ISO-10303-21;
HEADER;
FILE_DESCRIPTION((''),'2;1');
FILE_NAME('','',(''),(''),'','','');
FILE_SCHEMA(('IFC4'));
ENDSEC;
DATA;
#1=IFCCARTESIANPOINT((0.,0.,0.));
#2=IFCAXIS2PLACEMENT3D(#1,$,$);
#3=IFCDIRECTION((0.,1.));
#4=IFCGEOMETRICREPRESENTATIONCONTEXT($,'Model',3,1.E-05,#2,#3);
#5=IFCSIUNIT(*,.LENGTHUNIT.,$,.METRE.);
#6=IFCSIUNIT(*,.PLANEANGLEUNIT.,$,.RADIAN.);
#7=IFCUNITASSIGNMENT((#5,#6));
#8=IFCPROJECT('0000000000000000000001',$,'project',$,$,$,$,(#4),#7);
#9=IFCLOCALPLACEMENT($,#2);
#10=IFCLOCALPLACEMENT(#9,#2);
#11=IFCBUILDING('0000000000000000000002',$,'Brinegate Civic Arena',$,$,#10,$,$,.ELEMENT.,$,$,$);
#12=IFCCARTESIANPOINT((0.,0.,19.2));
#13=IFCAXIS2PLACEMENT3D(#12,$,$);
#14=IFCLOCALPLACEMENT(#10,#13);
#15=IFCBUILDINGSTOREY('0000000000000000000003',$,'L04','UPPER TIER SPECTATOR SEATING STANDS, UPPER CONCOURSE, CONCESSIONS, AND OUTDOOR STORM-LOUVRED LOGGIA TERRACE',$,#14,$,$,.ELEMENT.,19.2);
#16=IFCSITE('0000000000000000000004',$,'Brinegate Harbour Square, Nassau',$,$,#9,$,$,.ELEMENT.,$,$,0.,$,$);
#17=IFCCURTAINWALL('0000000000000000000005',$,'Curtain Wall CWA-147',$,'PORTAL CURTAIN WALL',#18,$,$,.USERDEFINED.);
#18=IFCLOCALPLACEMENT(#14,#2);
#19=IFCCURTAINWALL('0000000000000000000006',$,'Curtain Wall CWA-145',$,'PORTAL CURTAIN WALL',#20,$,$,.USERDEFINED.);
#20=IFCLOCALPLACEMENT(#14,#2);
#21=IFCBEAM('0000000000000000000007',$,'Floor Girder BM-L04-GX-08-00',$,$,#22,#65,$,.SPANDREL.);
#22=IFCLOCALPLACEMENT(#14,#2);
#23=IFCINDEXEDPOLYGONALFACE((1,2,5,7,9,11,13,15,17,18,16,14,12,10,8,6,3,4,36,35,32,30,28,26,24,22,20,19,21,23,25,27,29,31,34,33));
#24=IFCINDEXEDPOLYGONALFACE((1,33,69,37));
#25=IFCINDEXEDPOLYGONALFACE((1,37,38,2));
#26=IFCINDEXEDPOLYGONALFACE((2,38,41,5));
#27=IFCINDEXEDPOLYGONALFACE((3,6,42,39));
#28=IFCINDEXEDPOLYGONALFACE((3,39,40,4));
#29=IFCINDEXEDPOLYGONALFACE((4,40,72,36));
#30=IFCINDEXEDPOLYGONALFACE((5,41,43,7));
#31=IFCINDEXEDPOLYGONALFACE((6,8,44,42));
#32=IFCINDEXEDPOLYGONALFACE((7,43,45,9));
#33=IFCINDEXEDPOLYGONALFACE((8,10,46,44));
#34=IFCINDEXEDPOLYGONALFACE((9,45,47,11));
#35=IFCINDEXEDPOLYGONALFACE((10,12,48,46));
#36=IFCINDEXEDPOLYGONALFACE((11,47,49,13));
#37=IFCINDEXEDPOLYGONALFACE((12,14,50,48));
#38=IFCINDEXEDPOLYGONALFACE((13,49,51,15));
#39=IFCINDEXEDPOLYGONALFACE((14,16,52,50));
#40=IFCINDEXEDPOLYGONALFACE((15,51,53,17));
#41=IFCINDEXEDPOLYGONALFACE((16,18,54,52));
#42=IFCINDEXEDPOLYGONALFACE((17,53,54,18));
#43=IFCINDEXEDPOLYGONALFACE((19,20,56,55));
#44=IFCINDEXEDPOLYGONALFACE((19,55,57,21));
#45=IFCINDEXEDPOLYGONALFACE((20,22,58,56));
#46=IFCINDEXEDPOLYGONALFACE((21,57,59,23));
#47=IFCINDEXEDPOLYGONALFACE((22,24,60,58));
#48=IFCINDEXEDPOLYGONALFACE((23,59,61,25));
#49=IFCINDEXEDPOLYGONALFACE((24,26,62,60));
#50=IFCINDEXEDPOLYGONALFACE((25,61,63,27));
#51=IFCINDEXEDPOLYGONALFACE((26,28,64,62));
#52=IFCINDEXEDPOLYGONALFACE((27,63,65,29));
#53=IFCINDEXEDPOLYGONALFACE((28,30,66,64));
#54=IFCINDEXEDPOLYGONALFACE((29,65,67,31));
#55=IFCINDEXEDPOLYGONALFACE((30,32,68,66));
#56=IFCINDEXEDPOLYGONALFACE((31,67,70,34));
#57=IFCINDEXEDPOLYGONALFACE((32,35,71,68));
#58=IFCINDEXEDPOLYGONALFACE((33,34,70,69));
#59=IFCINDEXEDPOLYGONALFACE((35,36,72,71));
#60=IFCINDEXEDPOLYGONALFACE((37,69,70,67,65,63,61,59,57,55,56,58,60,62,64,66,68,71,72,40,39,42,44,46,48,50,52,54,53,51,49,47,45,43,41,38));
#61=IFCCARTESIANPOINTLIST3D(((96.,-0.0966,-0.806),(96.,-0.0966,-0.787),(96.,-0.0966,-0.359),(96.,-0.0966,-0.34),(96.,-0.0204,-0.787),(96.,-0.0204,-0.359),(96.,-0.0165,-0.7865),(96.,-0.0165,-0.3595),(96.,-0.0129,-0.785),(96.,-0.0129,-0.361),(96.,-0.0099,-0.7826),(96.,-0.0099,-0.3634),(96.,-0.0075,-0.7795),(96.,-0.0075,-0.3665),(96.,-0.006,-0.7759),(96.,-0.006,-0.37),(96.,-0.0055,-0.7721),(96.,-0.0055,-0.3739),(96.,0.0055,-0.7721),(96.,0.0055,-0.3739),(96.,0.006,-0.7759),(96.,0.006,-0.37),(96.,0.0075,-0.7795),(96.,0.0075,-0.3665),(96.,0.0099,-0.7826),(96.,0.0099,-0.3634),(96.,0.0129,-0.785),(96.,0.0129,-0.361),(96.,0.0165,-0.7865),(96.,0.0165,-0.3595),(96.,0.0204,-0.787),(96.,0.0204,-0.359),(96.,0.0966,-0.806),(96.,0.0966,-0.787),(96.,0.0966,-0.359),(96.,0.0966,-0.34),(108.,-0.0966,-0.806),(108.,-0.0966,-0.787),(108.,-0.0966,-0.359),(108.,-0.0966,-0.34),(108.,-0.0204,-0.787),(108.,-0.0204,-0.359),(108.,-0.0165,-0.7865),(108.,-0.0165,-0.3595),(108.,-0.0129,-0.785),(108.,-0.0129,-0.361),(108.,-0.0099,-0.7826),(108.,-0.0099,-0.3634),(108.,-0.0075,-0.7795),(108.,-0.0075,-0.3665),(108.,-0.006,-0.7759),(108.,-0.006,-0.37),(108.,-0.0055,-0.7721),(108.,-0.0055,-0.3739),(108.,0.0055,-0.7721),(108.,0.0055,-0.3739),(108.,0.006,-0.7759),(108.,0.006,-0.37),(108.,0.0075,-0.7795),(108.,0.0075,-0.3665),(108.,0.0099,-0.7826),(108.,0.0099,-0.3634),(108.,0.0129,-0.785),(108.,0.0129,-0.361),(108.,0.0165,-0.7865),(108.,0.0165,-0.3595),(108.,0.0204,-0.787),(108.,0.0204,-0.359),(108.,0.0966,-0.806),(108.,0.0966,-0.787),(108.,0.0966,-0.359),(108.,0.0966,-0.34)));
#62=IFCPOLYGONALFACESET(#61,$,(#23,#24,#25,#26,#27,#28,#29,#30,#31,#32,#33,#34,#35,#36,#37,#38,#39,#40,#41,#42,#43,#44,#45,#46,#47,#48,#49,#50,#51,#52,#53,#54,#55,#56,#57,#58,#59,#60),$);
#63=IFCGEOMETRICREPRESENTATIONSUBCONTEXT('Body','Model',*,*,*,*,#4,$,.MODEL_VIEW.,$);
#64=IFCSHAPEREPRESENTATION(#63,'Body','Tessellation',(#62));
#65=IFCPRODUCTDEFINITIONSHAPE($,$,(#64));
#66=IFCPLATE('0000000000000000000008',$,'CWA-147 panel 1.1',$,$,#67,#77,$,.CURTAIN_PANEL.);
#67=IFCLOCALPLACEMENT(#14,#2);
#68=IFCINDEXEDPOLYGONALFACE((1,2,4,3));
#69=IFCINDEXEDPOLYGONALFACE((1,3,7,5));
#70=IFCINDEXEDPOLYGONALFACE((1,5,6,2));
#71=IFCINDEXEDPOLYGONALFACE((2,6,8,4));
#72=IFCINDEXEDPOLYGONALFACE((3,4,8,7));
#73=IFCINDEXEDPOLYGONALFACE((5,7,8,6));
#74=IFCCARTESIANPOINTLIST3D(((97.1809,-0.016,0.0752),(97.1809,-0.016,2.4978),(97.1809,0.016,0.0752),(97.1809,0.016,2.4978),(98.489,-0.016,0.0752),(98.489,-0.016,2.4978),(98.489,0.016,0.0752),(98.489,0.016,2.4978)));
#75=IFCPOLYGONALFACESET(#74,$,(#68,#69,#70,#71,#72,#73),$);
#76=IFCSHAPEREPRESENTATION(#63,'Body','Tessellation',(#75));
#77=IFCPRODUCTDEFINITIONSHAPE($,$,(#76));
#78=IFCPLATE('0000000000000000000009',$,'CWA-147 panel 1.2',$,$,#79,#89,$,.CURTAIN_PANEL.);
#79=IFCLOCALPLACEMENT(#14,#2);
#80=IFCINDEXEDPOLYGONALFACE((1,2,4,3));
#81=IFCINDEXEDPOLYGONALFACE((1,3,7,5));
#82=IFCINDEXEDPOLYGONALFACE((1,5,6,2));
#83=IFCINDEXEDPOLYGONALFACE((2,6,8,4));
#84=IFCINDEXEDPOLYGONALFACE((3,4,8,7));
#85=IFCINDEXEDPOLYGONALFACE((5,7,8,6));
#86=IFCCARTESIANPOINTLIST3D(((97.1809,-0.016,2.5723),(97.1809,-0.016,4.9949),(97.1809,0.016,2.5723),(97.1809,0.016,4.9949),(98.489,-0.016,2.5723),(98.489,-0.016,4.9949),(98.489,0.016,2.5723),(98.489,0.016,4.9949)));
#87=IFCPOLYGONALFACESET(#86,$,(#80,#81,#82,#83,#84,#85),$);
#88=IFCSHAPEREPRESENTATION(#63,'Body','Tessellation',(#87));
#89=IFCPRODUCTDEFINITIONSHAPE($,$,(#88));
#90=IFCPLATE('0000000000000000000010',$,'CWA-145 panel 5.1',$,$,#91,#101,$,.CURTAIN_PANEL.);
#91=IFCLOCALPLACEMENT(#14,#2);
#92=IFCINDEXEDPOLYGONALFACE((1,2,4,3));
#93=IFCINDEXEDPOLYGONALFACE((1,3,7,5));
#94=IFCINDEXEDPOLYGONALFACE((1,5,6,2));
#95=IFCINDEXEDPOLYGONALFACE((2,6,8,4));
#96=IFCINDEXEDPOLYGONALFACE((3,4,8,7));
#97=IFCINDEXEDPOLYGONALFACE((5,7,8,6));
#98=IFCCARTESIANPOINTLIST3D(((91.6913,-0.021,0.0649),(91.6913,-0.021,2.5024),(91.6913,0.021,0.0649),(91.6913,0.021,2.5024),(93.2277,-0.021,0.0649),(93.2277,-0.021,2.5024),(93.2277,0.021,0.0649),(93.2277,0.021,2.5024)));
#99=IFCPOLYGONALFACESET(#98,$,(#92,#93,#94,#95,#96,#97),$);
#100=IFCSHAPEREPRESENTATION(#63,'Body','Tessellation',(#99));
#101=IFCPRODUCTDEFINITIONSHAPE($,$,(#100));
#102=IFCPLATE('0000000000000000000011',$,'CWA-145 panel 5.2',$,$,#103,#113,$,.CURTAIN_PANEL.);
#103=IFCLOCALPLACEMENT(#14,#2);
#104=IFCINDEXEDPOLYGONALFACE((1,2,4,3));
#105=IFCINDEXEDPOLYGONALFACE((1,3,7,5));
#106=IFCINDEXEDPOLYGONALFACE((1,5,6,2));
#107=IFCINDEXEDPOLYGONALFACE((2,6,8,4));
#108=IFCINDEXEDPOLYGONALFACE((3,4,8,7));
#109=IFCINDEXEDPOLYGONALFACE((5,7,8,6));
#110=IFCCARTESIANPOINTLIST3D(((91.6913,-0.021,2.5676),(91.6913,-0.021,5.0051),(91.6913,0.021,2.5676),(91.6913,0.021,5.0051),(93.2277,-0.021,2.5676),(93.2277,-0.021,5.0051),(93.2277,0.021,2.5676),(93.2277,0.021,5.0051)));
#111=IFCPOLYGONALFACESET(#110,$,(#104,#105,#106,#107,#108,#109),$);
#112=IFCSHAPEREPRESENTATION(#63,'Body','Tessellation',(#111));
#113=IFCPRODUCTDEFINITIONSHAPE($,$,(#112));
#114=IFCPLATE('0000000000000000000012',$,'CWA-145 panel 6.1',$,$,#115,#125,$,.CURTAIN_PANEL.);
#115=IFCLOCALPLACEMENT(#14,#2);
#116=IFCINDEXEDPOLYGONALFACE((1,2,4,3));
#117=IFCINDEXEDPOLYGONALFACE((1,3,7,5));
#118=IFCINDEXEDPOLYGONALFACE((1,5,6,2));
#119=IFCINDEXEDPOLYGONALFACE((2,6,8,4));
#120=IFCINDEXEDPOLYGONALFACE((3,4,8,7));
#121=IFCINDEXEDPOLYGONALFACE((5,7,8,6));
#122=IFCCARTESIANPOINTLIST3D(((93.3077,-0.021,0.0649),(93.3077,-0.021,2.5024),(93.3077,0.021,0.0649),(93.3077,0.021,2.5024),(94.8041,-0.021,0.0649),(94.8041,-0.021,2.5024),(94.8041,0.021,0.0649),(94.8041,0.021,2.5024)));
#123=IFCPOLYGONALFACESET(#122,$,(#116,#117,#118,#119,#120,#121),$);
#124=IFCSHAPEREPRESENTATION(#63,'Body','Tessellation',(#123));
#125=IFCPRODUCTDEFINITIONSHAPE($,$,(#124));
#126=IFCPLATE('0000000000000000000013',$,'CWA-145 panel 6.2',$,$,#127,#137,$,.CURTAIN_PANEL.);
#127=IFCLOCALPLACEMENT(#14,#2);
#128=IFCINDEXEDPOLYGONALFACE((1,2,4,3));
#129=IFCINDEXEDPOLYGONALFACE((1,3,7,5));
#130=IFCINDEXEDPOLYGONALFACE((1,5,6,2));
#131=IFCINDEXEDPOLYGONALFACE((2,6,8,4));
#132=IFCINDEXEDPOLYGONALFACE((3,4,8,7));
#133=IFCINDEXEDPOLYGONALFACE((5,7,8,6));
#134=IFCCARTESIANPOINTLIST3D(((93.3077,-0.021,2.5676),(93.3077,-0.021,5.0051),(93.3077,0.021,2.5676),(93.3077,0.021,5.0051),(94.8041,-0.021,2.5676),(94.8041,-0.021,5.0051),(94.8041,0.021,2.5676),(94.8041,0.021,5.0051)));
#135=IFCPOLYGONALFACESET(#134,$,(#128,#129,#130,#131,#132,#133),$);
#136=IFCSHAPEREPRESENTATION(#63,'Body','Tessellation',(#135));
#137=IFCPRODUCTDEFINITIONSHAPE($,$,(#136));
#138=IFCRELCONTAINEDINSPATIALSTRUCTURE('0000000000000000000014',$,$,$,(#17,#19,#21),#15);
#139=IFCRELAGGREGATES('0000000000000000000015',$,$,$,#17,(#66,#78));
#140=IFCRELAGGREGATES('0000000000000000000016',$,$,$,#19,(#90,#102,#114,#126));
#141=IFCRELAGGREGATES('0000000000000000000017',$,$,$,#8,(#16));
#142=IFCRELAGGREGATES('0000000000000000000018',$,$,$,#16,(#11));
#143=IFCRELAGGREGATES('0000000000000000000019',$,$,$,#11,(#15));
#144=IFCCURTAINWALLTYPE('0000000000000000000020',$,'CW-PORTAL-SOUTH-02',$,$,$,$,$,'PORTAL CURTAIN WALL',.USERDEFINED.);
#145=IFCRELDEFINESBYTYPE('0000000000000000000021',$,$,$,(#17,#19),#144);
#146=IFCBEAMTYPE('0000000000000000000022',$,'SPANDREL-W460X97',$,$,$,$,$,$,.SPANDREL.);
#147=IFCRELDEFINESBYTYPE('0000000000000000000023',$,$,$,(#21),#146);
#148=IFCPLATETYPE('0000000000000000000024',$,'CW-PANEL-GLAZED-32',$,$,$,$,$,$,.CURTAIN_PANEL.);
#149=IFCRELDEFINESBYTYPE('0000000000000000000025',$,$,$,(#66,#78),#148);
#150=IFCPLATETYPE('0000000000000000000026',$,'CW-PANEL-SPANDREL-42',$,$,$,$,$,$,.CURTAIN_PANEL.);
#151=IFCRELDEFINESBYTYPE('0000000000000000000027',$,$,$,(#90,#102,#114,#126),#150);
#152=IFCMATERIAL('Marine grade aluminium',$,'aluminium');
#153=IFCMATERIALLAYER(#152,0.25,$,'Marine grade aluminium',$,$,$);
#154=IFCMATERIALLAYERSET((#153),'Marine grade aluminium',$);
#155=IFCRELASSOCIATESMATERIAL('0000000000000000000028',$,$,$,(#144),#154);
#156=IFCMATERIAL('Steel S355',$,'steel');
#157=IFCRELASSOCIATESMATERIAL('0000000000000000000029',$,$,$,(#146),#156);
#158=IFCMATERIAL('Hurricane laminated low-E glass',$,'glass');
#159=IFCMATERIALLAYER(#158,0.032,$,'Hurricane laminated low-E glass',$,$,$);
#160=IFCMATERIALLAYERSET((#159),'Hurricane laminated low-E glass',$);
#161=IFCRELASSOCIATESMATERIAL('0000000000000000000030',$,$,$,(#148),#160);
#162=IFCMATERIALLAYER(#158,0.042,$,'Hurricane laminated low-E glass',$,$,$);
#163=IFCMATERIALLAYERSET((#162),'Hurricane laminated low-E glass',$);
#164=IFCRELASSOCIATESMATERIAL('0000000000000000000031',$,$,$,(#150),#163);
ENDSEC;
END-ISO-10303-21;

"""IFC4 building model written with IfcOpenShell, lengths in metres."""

from ifc_helpers import new_model, si_unit, direction, frame, origin, origin_2d, place, context, subcontext, project, spatial, rectangle, i_section, extrude, material, layer, layer_set, material_profile, profile_set, type_object, element, aggregate, save


model = new_model("IFC4")

# Units and contexts
model_context = context("Model", 3, precision=1e-05, world=origin(), true_north=direction((0.0, 1.0)))
body_context = subcontext(model_context, "Body", "Model", "MODEL_VIEW")
ifc_project = project(units=[si_unit("LENGTHUNIT", "METRE"), si_unit("PLANEANGLEUNIT", "RADIAN")], contexts=[model_context])

# Site, building, storey
site_placement = place(None, origin())
site = spatial("IfcSite", under=ifc_project, at=site_placement, Name="Brinegate Harbour Square, Nassau", CompositionType="ELEMENT", RefElevation=0.0)
building_placement = place(site_placement, origin())
building = spatial("IfcBuilding", under=site, at=building_placement, Name="Brinegate Civic Arena", CompositionType="ELEMENT")
storey_placement = place(building_placement, frame((0.0, 0.0, 19.2)))
storey = spatial("IfcBuildingStorey", under=building, at=storey_placement, Name="L04", Description="UPPER TIER SPECTATOR SEATING STANDS, UPPER CONCOURSE, CONCESSIONS, AND OUTDOOR STORM-LOUVRED LOGGIA TERRACE", CompositionType="ELEMENT", Elevation=19.2)

# Curtain walls
ifc_material_1 = material(Name="Marine grade aluminium", Category="aluminium")
ifc_layer_1 = layer(ifc_material_1, 0.25, Name="Marine grade aluminium")
ifc_layer_set_1 = layer_set([ifc_layer_1], Name="Marine grade aluminium")
curtain_wall_type = type_object("IfcCurtainWallType", Name="CW-PORTAL-SOUTH-02", ElementType="PORTAL CURTAIN WALL", PredefinedType="USERDEFINED", material=ifc_layer_set_1)
curtain_wall_1_placement = place(storey_placement, origin())
curtain_wall_1 = element("IfcCurtainWall", 1, at=curtain_wall_1_placement, inside=storey, type_object=curtain_wall_type, Name="Curtain Wall CWA-147", ObjectType="PORTAL CURTAIN WALL", PredefinedType="USERDEFINED")
curtain_wall_2_placement = place(storey_placement, origin())
curtain_wall_2 = element("IfcCurtainWall", 2, at=curtain_wall_2_placement, inside=storey, type_object=curtain_wall_type, Name="Curtain Wall CWA-145", ObjectType="PORTAL CURTAIN WALL", PredefinedType="USERDEFINED")

# Beam
ifc_material_2 = material(Name="Steel S355", Category="steel")
ifc_material_profile_1 = material_profile(ifc_material_2, i_section(OverallWidth=0.1931, OverallDepth=0.4661, WebThickness=0.011, FlangeThickness=0.019, FilletRadius=0.0149, at=origin_2d()), Name="W460X97")
ifc_profile_set_1 = profile_set([ifc_material_profile_1], Name="Steel S355")
beam_type_1 = type_object("IfcBeamType", Name="SPANDREL-W460X97", PredefinedType="SPANDREL", material=ifc_profile_set_1)
beam_1_placement = place(storey_placement, frame((96.0, 0.0, -0.573), z_axis=(1.0, 0.0, 0.0), x_axis=(0.0, 1.0, 0.0)))
element("IfcBeam", 3, at=beam_1_placement, inside=storey, type_object=beam_type_1, Name="Floor Girder BM-L04-GX-08-00", PredefinedType="SPANDREL", context=body_context, shape_type="SweptSolid", body=[
    extrude(i_section(OverallWidth=0.1931, OverallDepth=0.4661, WebThickness=0.011, FlangeThickness=0.019, FilletRadius=0.0149, at=origin_2d()), origin(), (0.0, 0.0, 1.0), 12.0),
])

# Plates
ifc_material_3 = material(Name="Hurricane laminated low-E glass", Category="glass")
ifc_layer_2 = layer(ifc_material_3, 0.032, Name="Hurricane laminated low-E glass")
ifc_layer_set_2 = layer_set([ifc_layer_2], Name="Hurricane laminated low-E glass")
plate_type_1 = type_object("IfcPlateType", Name="CW-PANEL-GLAZED-32", PredefinedType="CURTAIN_PANEL", material=ifc_layer_set_2)
plate_1_placement = place(storey_placement, frame((97.835, 0.0, 0.0752), z_axis=(0.0, 0.0, 1.0), x_axis=(1.0, 0.0, 0.0)))
plate_1 = element("IfcPlate", 4, at=plate_1_placement, type_object=plate_type_1, Name="CWA-147 panel 1.1", PredefinedType="CURTAIN_PANEL", context=body_context, shape_type="SweptSolid", body=[
    extrude(rectangle(XDim=1.3081, YDim=0.032, at=origin_2d()), origin(), (0.0, 0.0, 1.0), 2.4226),
])
plate_2_placement = place(storey_placement, frame((97.835, 0.0, 2.5723), z_axis=(0.0, 0.0, 1.0), x_axis=(1.0, 0.0, 0.0)))
plate_2 = element("IfcPlate", 5, at=plate_2_placement, type_object=plate_type_1, Name="CWA-147 panel 1.2", PredefinedType="CURTAIN_PANEL", context=body_context, shape_type="SweptSolid", body=[
    extrude(rectangle(XDim=1.3081, YDim=0.032, at=origin_2d()), origin(), (0.0, 0.0, 1.0), 2.4226),
])
aggregate(curtain_wall_1, [plate_1, plate_2])
ifc_layer_3 = layer(ifc_material_3, 0.042, Name="Hurricane laminated low-E glass")
ifc_layer_set_3 = layer_set([ifc_layer_3], Name="Hurricane laminated low-E glass")
plate_type_2 = type_object("IfcPlateType", Name="CW-PANEL-SPANDREL-42", PredefinedType="CURTAIN_PANEL", material=ifc_layer_set_3)
plate_3_placement = place(storey_placement, frame((92.4595, 0.0, 0.0649), z_axis=(0.0, 0.0, 1.0), x_axis=(1.0, 0.0, 0.0)))
plate_3 = element("IfcPlate", 6, at=plate_3_placement, type_object=plate_type_2, Name="CWA-145 panel 5.1", PredefinedType="CURTAIN_PANEL", context=body_context, shape_type="SweptSolid", body=[
    extrude(rectangle(XDim=1.5364, YDim=0.042, at=origin_2d()), origin(), (0.0, 0.0, 1.0), 2.4375),
])
plate_4_placement = place(storey_placement, frame((92.4595, 0.0, 2.5676), z_axis=(0.0, 0.0, 1.0), x_axis=(1.0, 0.0, 0.0)))
plate_4 = element("IfcPlate", 7, at=plate_4_placement, type_object=plate_type_2, Name="CWA-145 panel 5.2", PredefinedType="CURTAIN_PANEL", context=body_context, shape_type="SweptSolid", body=[
    extrude(rectangle(XDim=1.5364, YDim=0.042, at=origin_2d()), origin(), (0.0, 0.0, 1.0), 2.4375),
])
plate_5_placement = place(storey_placement, frame((94.0559, 0.0, 0.0649), z_axis=(0.0, 0.0, 1.0), x_axis=(1.0, 0.0, 0.0)))
plate_5 = element("IfcPlate", 8, at=plate_5_placement, type_object=plate_type_2, Name="CWA-145 panel 6.1", PredefinedType="CURTAIN_PANEL", context=body_context, shape_type="SweptSolid", body=[
    extrude(rectangle(XDim=1.4963, YDim=0.042, at=origin_2d()), origin(), (0.0, 0.0, 1.0), 2.4375),
])
plate_6_placement = place(storey_placement, frame((94.0559, 0.0, 2.5676), z_axis=(0.0, 0.0, 1.0), x_axis=(1.0, 0.0, 0.0)))
plate_6 = element("IfcPlate", 9, at=plate_6_placement, type_object=plate_type_2, Name="CWA-145 panel 6.2", PredefinedType="CURTAIN_PANEL", context=body_context, shape_type="SweptSolid", body=[
    extrude(rectangle(XDim=1.4963, YDim=0.042, at=origin_2d()), origin(), (0.0, 0.0, 1.0), 2.4375),
])
aggregate(curtain_wall_2, [plate_3, plate_4, plate_5, plate_6])

save(model, "model.ifc")
